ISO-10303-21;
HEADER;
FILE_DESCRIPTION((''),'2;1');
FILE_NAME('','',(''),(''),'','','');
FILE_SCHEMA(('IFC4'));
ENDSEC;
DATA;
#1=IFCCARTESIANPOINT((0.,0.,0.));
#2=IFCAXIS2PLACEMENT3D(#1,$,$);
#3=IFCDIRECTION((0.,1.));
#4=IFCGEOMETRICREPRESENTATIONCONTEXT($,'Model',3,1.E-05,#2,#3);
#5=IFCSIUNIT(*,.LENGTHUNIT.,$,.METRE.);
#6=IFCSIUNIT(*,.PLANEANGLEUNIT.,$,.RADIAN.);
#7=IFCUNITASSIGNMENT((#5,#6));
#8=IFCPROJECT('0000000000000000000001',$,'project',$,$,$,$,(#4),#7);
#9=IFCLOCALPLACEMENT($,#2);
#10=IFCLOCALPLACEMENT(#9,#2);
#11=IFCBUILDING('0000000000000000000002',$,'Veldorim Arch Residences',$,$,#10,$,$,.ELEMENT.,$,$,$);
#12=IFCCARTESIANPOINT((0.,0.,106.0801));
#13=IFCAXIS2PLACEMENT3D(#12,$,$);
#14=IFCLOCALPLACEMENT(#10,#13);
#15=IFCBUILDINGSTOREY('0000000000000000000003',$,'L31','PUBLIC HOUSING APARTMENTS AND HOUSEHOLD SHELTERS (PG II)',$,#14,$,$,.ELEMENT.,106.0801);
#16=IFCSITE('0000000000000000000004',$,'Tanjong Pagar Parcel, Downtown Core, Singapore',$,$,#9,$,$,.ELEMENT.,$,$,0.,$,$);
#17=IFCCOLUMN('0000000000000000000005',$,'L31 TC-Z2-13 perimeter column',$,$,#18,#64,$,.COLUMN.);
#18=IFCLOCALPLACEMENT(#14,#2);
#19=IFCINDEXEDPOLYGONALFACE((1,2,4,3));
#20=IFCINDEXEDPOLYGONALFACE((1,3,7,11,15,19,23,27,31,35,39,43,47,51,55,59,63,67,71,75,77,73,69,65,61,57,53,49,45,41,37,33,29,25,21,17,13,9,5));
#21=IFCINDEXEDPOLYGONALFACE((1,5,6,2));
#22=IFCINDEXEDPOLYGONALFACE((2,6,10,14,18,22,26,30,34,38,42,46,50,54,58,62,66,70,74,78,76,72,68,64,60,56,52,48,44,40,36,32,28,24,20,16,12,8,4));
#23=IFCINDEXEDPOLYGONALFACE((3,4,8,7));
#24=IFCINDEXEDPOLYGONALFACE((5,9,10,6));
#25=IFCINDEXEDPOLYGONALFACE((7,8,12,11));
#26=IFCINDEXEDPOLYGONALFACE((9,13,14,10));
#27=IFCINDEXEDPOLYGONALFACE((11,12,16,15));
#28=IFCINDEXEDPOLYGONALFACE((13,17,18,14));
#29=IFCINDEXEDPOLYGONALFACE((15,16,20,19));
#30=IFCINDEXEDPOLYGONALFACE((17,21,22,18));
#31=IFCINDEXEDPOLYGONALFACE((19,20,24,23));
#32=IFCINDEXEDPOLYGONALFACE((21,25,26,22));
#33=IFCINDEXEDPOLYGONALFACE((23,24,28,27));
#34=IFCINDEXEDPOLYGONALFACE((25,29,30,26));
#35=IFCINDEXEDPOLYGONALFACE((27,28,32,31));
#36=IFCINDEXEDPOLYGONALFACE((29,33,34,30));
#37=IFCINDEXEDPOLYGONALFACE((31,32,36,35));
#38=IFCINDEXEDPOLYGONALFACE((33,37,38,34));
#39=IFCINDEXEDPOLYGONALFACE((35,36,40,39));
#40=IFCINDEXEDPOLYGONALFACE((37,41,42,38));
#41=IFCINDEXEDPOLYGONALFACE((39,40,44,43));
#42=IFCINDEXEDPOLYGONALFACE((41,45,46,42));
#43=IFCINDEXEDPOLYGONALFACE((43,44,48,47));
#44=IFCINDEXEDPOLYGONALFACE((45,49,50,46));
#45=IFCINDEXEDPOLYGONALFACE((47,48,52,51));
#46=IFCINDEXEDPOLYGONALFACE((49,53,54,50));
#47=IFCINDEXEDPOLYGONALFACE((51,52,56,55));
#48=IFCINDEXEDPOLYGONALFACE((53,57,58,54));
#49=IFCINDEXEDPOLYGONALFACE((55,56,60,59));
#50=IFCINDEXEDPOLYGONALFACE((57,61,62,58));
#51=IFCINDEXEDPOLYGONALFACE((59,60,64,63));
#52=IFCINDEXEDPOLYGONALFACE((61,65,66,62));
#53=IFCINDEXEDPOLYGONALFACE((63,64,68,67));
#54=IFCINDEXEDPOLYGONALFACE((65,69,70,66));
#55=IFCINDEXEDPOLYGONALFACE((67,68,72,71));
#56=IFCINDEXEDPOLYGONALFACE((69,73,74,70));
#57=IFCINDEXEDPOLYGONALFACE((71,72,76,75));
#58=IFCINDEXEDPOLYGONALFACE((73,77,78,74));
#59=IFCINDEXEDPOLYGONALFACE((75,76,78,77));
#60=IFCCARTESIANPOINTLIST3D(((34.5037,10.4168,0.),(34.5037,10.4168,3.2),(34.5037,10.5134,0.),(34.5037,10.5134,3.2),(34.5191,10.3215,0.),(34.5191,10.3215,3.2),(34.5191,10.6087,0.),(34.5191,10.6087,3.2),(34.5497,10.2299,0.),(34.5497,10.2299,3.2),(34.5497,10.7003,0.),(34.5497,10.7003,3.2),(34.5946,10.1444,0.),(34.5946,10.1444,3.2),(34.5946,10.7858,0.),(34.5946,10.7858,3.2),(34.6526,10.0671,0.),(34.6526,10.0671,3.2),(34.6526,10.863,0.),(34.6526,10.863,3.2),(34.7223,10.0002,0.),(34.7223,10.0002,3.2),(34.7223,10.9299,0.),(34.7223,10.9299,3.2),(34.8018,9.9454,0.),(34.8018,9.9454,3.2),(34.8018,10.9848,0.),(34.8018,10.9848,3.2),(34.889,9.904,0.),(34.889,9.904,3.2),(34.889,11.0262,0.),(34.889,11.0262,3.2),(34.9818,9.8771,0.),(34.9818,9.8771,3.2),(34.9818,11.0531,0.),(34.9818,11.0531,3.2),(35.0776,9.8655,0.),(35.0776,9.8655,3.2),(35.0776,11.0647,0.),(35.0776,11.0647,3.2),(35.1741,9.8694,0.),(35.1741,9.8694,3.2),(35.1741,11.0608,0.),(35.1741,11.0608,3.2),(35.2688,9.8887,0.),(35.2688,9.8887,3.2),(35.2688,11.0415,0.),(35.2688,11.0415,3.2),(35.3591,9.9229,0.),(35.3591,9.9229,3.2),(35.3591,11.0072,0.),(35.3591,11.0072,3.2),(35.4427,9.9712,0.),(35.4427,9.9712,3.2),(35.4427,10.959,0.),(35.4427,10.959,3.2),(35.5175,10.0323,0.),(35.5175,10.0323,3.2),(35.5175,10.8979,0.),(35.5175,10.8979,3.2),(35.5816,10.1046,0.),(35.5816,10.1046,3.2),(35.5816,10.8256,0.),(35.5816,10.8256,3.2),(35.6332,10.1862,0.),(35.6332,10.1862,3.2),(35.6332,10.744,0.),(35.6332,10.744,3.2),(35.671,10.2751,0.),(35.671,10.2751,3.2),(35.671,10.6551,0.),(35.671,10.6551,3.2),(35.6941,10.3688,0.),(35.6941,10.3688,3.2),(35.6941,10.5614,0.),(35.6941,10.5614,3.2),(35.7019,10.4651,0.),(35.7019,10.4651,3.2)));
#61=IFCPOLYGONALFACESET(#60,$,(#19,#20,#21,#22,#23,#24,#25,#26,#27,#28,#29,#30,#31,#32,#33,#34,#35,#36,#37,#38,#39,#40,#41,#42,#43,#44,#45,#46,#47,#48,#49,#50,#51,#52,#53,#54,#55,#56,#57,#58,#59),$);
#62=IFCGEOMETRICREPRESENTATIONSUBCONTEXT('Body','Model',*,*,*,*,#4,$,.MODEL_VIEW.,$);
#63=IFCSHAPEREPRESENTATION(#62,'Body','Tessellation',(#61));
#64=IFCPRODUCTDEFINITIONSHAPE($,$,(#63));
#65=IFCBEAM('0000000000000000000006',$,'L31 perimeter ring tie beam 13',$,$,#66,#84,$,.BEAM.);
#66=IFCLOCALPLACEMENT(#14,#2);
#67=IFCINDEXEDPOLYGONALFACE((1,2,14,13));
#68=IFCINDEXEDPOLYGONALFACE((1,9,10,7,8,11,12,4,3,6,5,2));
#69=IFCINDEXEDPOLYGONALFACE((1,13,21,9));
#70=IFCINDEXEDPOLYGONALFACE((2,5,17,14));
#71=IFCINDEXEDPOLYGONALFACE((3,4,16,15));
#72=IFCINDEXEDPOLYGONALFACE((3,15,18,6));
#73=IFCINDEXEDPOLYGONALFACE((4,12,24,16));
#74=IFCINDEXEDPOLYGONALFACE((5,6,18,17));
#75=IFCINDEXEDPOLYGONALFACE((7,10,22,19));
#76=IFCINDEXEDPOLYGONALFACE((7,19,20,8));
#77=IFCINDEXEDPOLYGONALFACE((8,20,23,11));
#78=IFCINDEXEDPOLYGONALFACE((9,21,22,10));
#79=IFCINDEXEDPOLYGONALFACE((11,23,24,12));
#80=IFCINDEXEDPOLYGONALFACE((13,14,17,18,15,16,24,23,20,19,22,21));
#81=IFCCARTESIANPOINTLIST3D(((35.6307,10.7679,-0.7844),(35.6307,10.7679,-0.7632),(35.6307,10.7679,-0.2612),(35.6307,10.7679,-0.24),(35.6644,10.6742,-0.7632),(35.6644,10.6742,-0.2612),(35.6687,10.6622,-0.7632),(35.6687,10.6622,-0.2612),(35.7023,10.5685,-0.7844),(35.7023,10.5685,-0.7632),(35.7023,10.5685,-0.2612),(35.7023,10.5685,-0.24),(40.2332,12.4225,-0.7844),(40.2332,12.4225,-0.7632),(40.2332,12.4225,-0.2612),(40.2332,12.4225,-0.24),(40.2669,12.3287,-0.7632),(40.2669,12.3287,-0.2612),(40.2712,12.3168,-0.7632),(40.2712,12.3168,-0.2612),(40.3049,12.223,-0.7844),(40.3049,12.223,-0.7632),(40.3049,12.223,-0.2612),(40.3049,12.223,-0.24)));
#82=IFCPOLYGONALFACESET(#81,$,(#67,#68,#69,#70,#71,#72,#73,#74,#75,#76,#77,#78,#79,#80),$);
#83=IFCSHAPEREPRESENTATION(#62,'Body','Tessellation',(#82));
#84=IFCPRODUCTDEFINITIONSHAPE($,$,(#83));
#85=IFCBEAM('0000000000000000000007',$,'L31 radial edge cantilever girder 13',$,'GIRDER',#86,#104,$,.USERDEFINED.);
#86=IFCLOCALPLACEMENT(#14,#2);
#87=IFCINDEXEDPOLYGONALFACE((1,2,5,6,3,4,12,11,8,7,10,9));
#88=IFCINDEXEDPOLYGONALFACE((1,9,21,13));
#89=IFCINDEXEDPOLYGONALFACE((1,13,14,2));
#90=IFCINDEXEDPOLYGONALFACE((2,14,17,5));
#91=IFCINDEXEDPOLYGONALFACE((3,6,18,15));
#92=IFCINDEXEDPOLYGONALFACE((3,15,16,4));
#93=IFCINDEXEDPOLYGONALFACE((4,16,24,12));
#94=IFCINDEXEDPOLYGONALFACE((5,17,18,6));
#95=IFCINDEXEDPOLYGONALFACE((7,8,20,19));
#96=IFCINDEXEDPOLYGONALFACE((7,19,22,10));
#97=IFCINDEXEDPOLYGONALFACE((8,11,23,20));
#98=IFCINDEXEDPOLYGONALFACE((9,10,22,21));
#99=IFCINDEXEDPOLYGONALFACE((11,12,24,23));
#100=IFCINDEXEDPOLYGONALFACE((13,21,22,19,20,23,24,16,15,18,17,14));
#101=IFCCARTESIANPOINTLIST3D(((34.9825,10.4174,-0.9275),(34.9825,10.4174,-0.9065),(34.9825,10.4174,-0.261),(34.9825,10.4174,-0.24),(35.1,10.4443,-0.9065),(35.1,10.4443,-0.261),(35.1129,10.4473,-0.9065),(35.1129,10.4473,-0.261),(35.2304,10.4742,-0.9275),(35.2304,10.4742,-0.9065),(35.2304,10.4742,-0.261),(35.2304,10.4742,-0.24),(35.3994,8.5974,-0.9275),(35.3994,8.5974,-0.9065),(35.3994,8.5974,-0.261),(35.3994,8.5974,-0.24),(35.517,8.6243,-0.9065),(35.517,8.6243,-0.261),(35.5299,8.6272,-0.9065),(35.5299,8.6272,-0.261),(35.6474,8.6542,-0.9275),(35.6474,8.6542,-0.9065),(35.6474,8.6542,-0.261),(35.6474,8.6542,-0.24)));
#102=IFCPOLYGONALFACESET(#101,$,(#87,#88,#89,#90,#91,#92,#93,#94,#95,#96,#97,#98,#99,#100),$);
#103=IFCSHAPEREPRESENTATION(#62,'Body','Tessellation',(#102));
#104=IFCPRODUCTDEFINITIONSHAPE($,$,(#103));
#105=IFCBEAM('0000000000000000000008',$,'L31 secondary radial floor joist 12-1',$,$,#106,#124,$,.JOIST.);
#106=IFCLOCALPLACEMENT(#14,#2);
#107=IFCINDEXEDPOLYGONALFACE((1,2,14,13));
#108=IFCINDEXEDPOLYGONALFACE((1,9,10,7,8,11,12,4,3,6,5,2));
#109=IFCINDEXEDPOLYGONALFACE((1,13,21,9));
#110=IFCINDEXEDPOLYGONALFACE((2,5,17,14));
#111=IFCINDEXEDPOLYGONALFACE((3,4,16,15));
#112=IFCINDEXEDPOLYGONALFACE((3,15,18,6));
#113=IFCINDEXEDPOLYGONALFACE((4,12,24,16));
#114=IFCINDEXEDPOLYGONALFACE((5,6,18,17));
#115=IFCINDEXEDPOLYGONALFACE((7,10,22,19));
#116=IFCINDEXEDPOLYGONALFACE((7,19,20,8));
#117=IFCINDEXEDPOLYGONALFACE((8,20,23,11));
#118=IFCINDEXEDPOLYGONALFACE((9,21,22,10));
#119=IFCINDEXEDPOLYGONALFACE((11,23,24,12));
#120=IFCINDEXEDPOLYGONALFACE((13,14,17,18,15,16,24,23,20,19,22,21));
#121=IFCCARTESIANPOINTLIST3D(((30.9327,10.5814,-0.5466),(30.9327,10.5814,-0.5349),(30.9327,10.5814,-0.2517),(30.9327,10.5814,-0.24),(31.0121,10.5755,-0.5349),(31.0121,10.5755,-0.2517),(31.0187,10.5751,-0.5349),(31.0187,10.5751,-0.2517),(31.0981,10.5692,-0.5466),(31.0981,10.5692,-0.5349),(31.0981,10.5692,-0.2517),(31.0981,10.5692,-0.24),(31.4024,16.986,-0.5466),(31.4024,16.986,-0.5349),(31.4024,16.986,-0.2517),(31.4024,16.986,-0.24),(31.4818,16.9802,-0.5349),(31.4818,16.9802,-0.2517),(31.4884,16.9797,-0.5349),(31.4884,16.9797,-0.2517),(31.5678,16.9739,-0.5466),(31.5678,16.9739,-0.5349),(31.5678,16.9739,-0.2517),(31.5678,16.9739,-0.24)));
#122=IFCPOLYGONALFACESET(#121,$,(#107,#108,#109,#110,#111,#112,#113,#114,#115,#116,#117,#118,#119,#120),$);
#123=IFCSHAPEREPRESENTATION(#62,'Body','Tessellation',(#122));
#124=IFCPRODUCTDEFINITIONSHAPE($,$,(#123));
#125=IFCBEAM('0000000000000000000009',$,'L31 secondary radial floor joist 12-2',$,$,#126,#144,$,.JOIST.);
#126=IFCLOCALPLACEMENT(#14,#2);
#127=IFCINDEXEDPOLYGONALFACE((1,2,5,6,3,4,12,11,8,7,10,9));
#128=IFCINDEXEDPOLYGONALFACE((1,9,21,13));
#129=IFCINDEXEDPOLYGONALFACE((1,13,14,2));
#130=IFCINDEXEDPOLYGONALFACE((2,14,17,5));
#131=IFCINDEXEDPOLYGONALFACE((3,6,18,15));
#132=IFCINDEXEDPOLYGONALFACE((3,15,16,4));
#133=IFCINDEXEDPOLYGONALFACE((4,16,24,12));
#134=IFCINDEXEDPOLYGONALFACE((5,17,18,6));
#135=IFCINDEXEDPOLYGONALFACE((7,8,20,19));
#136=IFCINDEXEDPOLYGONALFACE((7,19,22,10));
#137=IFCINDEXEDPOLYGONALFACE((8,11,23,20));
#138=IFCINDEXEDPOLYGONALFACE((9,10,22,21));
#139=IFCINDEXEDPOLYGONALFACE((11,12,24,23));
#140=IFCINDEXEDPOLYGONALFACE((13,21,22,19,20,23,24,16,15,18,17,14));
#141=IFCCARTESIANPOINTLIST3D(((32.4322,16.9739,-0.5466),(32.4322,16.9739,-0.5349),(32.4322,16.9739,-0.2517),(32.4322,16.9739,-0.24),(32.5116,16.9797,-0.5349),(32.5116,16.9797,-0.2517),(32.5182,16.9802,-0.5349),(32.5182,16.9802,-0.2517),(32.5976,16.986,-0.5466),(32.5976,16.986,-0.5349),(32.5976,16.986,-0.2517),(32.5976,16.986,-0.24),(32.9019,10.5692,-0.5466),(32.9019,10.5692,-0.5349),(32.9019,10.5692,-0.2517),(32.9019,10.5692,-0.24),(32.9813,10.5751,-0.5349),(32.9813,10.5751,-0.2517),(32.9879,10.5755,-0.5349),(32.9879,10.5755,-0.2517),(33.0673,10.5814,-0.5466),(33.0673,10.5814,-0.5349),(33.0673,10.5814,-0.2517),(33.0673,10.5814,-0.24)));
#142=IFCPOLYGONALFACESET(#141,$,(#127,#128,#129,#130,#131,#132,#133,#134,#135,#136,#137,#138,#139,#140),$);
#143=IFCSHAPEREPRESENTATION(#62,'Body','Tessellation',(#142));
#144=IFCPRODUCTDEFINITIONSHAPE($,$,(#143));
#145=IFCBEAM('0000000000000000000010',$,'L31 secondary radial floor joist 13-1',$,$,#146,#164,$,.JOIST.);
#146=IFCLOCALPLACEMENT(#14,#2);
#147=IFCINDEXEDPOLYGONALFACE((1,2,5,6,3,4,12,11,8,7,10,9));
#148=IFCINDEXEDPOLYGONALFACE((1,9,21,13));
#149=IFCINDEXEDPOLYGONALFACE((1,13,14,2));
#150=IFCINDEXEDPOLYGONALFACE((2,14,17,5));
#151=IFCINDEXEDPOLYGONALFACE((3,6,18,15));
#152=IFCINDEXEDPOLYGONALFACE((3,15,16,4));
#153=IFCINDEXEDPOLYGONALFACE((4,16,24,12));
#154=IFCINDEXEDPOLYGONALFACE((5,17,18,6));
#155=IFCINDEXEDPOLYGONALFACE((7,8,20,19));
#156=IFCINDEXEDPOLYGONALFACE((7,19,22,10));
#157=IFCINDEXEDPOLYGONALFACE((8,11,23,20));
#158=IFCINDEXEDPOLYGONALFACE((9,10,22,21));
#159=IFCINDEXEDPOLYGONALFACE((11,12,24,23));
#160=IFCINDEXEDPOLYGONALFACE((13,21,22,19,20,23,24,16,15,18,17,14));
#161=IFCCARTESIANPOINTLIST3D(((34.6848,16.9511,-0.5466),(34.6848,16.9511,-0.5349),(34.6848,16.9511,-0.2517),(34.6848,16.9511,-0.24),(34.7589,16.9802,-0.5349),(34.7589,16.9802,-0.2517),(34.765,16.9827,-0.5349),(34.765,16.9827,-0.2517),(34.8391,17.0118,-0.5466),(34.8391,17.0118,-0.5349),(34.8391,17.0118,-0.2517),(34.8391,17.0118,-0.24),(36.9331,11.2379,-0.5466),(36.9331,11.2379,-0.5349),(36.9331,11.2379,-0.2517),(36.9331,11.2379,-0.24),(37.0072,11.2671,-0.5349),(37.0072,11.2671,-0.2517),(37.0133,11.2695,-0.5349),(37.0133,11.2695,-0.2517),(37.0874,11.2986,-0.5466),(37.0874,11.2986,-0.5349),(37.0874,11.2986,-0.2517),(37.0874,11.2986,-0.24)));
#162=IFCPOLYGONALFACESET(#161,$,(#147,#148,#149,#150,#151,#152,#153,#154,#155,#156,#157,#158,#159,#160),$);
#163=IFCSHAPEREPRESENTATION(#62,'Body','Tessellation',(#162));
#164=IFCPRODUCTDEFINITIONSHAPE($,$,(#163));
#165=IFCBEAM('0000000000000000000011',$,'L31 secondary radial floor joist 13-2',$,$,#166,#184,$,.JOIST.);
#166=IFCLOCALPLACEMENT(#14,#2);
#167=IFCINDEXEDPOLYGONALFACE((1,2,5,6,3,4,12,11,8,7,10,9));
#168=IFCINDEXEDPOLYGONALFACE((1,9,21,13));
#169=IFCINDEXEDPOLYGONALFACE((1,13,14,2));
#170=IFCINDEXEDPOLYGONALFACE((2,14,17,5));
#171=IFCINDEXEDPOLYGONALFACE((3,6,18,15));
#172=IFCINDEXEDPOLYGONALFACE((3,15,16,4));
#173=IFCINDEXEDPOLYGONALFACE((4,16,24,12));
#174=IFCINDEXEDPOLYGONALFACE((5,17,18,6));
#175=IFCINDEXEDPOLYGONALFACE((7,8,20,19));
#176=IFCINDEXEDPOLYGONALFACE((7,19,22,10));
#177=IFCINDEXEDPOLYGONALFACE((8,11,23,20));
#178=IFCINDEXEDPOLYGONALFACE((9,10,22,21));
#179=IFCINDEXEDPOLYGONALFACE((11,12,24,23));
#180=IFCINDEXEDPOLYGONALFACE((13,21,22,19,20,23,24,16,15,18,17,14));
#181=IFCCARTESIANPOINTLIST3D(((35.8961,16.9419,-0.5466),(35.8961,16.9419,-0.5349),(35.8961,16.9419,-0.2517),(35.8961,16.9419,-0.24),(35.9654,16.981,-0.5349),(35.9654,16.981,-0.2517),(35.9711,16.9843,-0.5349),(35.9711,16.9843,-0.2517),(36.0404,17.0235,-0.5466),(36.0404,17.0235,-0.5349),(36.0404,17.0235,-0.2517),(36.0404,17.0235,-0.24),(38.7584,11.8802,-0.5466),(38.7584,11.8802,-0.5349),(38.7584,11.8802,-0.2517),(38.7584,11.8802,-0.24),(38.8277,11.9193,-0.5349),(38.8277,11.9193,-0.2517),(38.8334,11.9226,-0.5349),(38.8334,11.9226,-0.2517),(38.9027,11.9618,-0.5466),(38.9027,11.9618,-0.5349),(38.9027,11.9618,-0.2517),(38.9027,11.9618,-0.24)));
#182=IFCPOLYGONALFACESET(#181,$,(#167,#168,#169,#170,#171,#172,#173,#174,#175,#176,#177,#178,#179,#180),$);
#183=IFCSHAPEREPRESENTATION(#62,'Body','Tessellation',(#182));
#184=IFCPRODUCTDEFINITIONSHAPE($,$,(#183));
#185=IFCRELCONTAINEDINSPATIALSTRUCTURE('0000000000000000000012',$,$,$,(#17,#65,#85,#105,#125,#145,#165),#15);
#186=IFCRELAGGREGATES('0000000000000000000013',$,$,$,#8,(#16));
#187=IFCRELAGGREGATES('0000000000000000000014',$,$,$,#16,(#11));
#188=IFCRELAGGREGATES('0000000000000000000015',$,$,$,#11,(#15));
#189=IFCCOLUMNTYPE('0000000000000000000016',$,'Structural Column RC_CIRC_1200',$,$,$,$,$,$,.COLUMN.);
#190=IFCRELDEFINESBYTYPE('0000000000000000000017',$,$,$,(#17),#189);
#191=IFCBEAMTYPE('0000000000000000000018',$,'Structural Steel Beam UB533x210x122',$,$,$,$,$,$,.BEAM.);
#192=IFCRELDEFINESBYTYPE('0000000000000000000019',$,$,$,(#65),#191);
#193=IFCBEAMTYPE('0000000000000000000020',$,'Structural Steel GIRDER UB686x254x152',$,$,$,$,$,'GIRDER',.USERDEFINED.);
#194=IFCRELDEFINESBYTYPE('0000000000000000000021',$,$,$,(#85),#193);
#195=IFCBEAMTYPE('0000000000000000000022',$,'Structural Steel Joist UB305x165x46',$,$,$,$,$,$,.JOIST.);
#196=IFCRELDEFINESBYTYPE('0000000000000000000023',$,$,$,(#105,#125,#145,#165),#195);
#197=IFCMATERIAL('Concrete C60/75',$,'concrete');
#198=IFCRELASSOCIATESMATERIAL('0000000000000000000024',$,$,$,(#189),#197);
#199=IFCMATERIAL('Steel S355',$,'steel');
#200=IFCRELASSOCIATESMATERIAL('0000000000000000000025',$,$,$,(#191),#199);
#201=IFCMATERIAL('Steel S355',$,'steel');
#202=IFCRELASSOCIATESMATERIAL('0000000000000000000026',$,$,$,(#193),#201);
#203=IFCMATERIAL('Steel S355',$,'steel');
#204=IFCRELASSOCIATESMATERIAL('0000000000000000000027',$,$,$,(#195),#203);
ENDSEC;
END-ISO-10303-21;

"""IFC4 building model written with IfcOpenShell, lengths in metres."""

from ifc_helpers import new_model, si_unit, direction, frame, origin, origin_2d, place, context, subcontext, project, spatial, circle, i_section, extrude, material, material_profile, profile_set, type_object, element, save


model = new_model("IFC4")

# Units and contexts
model_context = context("Model", 3, precision=1e-05, world=origin(), true_north=direction((0.0, 1.0)))
body_context = subcontext(model_context, "Body", "Model", "MODEL_VIEW")
ifc_project = project(units=[si_unit("LENGTHUNIT", "METRE"), si_unit("PLANEANGLEUNIT", "RADIAN")], contexts=[model_context])

# Site, building, storey
site_placement = place(None, origin())
site = spatial("IfcSite", under=ifc_project, at=site_placement, Name="Tanjong Pagar Parcel, Downtown Core, Singapore", CompositionType="ELEMENT", RefElevation=0.0)
building_placement = place(site_placement, origin())
building = spatial("IfcBuilding", under=site, at=building_placement, Name="Veldorim Arch Residences", CompositionType="ELEMENT")
storey_placement = place(building_placement, frame((0.0, 0.0, 106.0801)))
storey = spatial("IfcBuildingStorey", under=building, at=storey_placement, Name="L31", Description="PUBLIC HOUSING APARTMENTS AND HOUSEHOLD SHELTERS (PG II)", CompositionType="ELEMENT", Elevation=106.0801)

# Column
ifc_material_1 = material(Name="Concrete C60/75", Category="concrete")
ifc_material_profile_1 = material_profile(ifc_material_1, circle(Radius=0.6001, at=origin_2d()), Name="RC_CIRC_1200")
ifc_profile_set_1 = profile_set([ifc_material_profile_1], Name="Concrete C60/75")
column_type = type_object("IfcColumnType", Name="Structural Column RC_CIRC_1200", PredefinedType="COLUMN", material=ifc_profile_set_1)
column_placement = place(storey_placement, frame((35.1018, 10.4651, 0.0), z_axis=(0.0, 0.0, 1.0), x_axis=(1.0, 0.0, 0.0)))
element("IfcColumn", 1, at=column_placement, inside=storey, type_object=column_type, Name="L31 TC-Z2-13 perimeter column", PredefinedType="COLUMN", context=body_context, shape_type="SweptSolid", body=[
    extrude(circle(Radius=0.6001, at=origin_2d()), origin(), (0.0, 0.0, 1.0), 3.2),
])

# Beams
ifc_material_2 = material(Name="Steel S355", Category="steel")
ifc_material_profile_2 = material_profile(ifc_material_2, i_section(OverallWidth=0.2119, OverallDepth=0.5444, WebThickness=0.0127, FlangeThickness=0.0212, at=origin_2d()), Name="UB533x210x122")
ifc_profile_set_2 = profile_set([ifc_material_profile_2], Name="Steel S355")
beam_type_1 = type_object("IfcBeamType", Name="Structural Steel Beam UB533x210x122", PredefinedType="BEAM", material=ifc_profile_set_2)
beam_1_placement = place(storey_placement, frame((35.6665, 10.6682, -0.5122), z_axis=(0.941042, 0.33829, 0.0), x_axis=(-0.33829, 0.941042, 0.0)))
element("IfcBeam", 2, at=beam_1_placement, inside=storey, type_object=beam_type_1, Name="L31 perimeter ring tie beam 13", PredefinedType="BEAM", context=body_context, shape_type="SweptSolid", body=[
    extrude(i_section(OverallWidth=0.2119, OverallDepth=0.5444, WebThickness=0.0127, FlangeThickness=0.0212, at=origin_2d()), origin(), (0.0, 0.0, 1.0), 4.8909),
])
ifc_material_3 = material(Name="Steel S355", Category="steel")
ifc_material_profile_3 = material_profile(ifc_material_3, i_section(OverallWidth=0.2544, OverallDepth=0.6875, WebThickness=0.0132, FlangeThickness=0.021, at=origin_2d()), Name="UB686x254x152")
ifc_profile_set_3 = profile_set([ifc_material_profile_3], Name="Steel S355")
beam_type_2 = type_object("IfcBeamType", Name="Structural Steel GIRDER UB686x254x152", ElementType="GIRDER", PredefinedType="USERDEFINED", material=ifc_profile_set_3)
beam_2_placement = place(storey_placement, frame((35.1064, 10.4458, -0.5837), z_axis=(0.223322, -0.974745, 0.0), x_axis=(0.974745, 0.223322, 0.0)))
element("IfcBeam", 3, at=beam_2_placement, inside=storey, type_object=beam_type_2, Name="L31 radial edge cantilever girder 13", ObjectType="GIRDER", PredefinedType="USERDEFINED", context=body_context, shape_type="SweptSolid", body=[
    extrude(i_section(OverallWidth=0.2544, OverallDepth=0.6875, WebThickness=0.0132, FlangeThickness=0.021, at=origin_2d()), origin(), (0.0, 0.0, 1.0), 1.8672),
])
ifc_material_4 = material(Name="Steel S355", Category="steel")
ifc_material_profile_4 = material_profile(ifc_material_4, i_section(OverallWidth=0.1658, OverallDepth=0.3066, WebThickness=0.0066, FlangeThickness=0.0117, at=origin_2d()), Name="UB305x165x46")
ifc_profile_set_4 = profile_set([ifc_material_profile_4], Name="Steel S355")
beam_type_3 = type_object("IfcBeamType", Name="Structural Steel Joist UB305x165x46", PredefinedType="JOIST", material=ifc_profile_set_4)
for number, where, z_axis, x_axis, name in (
    (4, (31.4851, 16.98, -0.3933), (-0.073143, -0.997321, 0.0), (0.997321, -0.073143, 0.0), "L31 secondary radial floor joist 12-1"),
    (5, (32.5149, 16.98, -0.3933), (0.073143, -0.997321, 0.0), (0.997321, 0.073143, 0.0), "L31 secondary radial floor joist 12-2"),
):
    element("IfcBeam", number, at=place(storey_placement, frame(where, z_axis=z_axis, x_axis=x_axis)), inside=storey, type_object=beam_type_3, Name=name, PredefinedType="JOIST", context=body_context, shape_type="SweptSolid", body=[
        extrude(i_section(OverallWidth=0.1658, OverallDepth=0.3066, WebThickness=0.0066, FlangeThickness=0.0117, at=origin_2d()), origin(), (0.0, 0.0, 1.0), 6.4219),
    ])
beam_3_placement = place(storey_placement, frame((34.762, 16.9814, -0.3933), z_axis=(0.366195, -0.930538, 0.0), x_axis=(0.930538, 0.366195, 0.0)))
element("IfcBeam", 6, at=beam_3_placement, inside=storey, type_object=beam_type_3, Name="L31 secondary radial floor joist 13-1", PredefinedType="JOIST", context=body_context, shape_type="SweptSolid", body=[
    extrude(i_section(OverallWidth=0.1658, OverallDepth=0.3066, WebThickness=0.0066, FlangeThickness=0.0117, at=origin_2d()), origin(), (0.0, 0.0, 1.0), 6.1396),
])
beam_4_placement = place(storey_placement, frame((35.9683, 16.9827, -0.3933), z_axis=(0.492227, -0.870467, 0.0), x_axis=(0.870467, 0.492227, 0.0)))
element("IfcBeam", 7, at=beam_4_placement, inside=storey, type_object=beam_type_3, Name="L31 secondary radial floor joist 13-2", PredefinedType="JOIST", context=body_context, shape_type="SweptSolid", body=[
    extrude(i_section(OverallWidth=0.1658, OverallDepth=0.3066, WebThickness=0.0066, FlangeThickness=0.0117, at=origin_2d()), origin(), (0.0, 0.0, 1.0), 5.8149),
])

save(model, "model.ifc")
